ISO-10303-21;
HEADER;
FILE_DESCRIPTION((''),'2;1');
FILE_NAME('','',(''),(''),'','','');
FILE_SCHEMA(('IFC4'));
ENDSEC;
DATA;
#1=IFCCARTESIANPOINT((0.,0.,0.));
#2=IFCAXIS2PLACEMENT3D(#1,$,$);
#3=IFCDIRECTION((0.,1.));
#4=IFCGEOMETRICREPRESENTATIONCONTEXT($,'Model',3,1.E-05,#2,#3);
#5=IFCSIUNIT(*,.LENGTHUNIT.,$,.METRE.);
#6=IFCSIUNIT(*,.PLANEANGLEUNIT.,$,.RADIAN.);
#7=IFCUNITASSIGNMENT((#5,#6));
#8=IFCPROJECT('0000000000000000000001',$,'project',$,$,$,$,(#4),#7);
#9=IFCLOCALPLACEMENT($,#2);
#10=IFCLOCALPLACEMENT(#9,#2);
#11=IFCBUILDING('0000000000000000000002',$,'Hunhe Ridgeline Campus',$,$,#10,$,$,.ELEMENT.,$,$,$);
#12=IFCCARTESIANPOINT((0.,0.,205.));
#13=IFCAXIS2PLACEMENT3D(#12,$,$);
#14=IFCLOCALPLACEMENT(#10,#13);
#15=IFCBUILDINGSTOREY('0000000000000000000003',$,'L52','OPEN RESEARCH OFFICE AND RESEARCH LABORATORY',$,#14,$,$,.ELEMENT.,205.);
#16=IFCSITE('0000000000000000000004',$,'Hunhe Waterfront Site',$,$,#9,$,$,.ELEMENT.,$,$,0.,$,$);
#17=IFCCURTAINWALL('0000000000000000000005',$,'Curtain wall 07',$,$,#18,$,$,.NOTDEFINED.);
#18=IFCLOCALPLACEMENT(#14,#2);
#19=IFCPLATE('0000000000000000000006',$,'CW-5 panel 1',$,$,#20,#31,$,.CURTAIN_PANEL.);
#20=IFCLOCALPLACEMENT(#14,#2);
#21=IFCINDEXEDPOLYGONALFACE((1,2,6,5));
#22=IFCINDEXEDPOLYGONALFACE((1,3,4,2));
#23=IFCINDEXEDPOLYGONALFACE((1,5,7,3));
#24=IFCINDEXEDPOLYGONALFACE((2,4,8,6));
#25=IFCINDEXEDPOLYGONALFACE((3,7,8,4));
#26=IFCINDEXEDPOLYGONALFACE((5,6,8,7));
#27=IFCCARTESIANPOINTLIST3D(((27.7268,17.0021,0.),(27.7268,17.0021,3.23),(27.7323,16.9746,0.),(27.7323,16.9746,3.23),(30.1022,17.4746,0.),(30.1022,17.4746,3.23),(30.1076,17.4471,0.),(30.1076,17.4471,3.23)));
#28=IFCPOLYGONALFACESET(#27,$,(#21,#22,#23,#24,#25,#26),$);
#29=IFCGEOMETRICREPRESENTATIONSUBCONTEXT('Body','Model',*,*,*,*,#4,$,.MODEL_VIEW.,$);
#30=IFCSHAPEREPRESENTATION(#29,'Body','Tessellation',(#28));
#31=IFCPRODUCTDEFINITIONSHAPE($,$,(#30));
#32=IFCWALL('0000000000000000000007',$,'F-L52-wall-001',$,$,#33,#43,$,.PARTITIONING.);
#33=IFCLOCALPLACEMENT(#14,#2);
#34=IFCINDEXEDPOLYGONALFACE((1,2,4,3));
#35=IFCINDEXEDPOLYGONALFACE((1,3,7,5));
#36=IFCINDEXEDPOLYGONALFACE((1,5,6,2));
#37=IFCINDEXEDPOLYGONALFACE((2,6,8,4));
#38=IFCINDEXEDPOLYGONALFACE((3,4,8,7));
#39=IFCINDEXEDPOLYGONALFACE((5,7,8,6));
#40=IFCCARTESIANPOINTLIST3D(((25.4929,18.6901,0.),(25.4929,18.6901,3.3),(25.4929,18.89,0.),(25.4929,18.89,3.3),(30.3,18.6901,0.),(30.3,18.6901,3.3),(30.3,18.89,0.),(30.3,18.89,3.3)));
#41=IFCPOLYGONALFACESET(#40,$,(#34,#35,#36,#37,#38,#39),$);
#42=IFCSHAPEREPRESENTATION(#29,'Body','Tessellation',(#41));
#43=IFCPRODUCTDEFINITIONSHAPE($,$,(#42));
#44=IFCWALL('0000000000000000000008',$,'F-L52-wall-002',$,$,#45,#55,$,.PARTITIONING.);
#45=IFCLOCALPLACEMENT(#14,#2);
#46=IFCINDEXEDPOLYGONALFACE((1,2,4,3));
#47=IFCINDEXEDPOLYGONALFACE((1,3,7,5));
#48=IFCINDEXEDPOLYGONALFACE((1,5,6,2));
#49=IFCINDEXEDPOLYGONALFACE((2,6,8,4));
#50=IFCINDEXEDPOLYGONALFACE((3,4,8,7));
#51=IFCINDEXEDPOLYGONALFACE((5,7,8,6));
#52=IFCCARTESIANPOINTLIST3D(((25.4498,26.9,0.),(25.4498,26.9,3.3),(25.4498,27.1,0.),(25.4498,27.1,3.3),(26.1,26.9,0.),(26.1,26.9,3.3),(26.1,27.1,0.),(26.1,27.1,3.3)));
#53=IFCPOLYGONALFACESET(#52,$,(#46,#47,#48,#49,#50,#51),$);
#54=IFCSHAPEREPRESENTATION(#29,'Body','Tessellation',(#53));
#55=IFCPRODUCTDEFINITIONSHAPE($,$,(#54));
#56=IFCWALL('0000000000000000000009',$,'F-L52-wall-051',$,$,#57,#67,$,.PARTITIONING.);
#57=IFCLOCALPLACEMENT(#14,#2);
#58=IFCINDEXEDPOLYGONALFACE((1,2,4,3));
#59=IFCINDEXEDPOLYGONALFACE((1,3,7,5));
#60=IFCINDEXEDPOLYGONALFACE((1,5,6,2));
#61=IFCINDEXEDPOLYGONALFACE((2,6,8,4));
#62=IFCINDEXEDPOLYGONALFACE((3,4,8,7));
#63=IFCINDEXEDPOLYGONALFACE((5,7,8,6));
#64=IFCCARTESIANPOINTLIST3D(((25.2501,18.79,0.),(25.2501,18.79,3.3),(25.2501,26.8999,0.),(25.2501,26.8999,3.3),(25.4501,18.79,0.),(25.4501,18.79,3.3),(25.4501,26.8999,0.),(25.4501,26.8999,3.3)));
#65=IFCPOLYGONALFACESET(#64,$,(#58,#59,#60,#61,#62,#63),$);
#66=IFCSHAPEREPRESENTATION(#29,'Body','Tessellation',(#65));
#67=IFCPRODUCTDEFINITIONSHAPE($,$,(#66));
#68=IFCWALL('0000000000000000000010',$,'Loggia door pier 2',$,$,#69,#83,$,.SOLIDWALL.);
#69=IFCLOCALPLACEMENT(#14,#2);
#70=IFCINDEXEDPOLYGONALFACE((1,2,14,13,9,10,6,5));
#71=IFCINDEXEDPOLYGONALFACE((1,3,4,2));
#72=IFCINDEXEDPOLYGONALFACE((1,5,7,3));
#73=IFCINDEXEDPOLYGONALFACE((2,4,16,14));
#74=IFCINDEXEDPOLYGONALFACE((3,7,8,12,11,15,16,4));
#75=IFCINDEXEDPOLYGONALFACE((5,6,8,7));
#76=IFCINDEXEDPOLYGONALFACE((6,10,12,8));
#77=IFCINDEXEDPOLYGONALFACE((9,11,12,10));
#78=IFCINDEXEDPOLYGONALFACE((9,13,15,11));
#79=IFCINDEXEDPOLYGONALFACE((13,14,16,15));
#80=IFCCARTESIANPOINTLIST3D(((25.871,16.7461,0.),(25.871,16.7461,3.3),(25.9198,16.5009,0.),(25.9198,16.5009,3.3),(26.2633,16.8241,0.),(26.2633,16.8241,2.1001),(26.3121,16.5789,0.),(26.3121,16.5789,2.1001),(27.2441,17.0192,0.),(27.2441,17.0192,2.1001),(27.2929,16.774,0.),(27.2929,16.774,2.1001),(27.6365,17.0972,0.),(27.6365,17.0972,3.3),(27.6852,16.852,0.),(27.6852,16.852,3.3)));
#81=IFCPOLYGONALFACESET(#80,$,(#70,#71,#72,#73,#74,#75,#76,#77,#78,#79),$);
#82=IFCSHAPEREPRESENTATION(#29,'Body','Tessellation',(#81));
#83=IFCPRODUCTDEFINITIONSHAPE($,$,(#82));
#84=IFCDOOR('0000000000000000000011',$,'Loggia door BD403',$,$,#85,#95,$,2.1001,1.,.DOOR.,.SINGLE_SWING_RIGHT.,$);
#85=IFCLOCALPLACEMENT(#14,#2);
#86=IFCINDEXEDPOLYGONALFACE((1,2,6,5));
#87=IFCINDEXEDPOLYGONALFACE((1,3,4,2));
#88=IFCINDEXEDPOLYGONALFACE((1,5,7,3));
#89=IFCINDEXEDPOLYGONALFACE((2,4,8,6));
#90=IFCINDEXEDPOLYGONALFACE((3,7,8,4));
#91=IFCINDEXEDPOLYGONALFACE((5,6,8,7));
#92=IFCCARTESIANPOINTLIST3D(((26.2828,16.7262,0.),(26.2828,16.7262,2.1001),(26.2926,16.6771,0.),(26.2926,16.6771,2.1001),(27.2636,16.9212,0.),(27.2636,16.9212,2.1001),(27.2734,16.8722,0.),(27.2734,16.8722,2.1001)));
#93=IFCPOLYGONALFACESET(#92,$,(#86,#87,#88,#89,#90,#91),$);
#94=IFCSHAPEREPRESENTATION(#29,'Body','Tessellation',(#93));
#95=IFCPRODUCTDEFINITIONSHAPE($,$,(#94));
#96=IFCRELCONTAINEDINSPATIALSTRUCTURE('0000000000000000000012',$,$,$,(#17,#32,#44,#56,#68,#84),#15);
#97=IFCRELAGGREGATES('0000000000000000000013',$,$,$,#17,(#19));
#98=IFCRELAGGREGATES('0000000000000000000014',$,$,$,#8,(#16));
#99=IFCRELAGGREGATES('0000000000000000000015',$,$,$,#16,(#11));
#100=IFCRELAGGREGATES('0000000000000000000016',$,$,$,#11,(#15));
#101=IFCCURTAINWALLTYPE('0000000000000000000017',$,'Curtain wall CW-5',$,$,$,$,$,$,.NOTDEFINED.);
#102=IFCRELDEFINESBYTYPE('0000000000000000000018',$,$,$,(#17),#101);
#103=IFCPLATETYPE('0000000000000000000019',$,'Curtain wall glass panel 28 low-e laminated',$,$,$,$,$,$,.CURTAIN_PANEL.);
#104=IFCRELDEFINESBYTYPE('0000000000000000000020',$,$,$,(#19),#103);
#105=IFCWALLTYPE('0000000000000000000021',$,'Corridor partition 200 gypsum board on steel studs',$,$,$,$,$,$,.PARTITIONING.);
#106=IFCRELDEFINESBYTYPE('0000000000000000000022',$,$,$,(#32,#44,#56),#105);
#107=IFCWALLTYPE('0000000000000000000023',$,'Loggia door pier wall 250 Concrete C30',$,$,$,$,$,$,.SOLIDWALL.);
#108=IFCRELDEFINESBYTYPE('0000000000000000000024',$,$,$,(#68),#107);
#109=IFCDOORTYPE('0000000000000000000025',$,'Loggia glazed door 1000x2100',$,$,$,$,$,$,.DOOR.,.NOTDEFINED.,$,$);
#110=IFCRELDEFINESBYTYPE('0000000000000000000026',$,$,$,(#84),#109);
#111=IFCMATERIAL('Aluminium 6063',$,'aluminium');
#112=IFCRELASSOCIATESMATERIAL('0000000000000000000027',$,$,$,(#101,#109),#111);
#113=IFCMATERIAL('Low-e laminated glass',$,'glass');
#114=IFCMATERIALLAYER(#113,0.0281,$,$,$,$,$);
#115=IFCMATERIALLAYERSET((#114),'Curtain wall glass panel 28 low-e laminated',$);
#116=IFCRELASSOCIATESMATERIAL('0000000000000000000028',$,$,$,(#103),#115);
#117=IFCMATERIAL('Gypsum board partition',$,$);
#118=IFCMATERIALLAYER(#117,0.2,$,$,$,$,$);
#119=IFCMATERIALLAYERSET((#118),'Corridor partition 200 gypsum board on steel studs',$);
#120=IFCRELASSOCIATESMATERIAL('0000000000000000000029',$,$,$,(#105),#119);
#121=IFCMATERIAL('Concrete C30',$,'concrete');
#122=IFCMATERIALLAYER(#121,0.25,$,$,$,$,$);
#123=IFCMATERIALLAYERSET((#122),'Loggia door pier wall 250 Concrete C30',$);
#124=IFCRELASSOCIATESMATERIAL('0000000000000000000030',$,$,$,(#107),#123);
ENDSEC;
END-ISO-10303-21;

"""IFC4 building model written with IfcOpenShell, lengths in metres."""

from ifc_helpers import new_model, si_unit, direction, frame, frame_2d, origin, origin_2d, place, context, subcontext, project, spatial, rectangle, extrude, material, layer, layer_set, type_object, element, fill, aggregate, save


model = new_model("IFC4")

# Units and contexts
model_context = context("Model", 3, precision=1e-05, world=origin(), true_north=direction((0.0, 1.0)))
body_context = subcontext(model_context, "Body", "Model", "MODEL_VIEW")
ifc_project = project(units=[si_unit("LENGTHUNIT", "METRE"), si_unit("PLANEANGLEUNIT", "RADIAN")], contexts=[model_context])

# Site, building, storey
site_placement = place(None, origin())
site = spatial("IfcSite", under=ifc_project, at=site_placement, Name="Hunhe Waterfront Site", CompositionType="ELEMENT", RefElevation=0.0)
building_placement = place(site_placement, origin())
building = spatial("IfcBuilding", under=site, at=building_placement, Name="Hunhe Ridgeline Campus", CompositionType="ELEMENT")
storey_placement = place(building_placement, frame((0.0, 0.0, 205.0)))
storey = spatial("IfcBuildingStorey", under=building, at=storey_placement, Name="L52", Description="OPEN RESEARCH OFFICE AND RESEARCH LABORATORY", CompositionType="ELEMENT", Elevation=205.0)

# Shared definitions
ifc_material_1 = material(Name="Aluminium 6063", Category="aluminium")
curtain_wall_type = type_object("IfcCurtainWallType", Name="Curtain wall CW-5", PredefinedType="NOTDEFINED", material=ifc_material_1)

# Curtain wall
curtain_wall_1_placement = place(storey_placement, origin())
curtain_wall_1 = element("IfcCurtainWall", 1, at=curtain_wall_1_placement, inside=storey, type_object=curtain_wall_type, Name="Curtain wall 07", PredefinedType="NOTDEFINED")

# Plate
ifc_material_2 = material(Name="Low-e laminated glass", Category="glass")
ifc_layer_1 = layer(ifc_material_2, 0.0281)
ifc_layer_set_1 = layer_set([ifc_layer_1], Name="Curtain wall glass panel 28 low-e laminated")
plate_type = type_object("IfcPlateType", Name="Curtain wall glass panel 28 low-e laminated", PredefinedType="CURTAIN_PANEL", material=ifc_layer_set_1)
plate_1_placement = place(storey_placement, frame((28.9172, 17.2246, 0.0), z_axis=(0.0, 0.0, 1.0), x_axis=(0.980785, 0.195091, 0.0)))
plate_1 = element("IfcPlate", 2, at=plate_1_placement, type_object=plate_type, Name="CW-5 panel 1", PredefinedType="CURTAIN_PANEL", context=body_context, shape_type="SweptSolid", body=[
    extrude(rectangle(XDim=2.4219, YDim=0.0281, at=origin_2d()), origin(), (0.0, 0.0, 1.0), 3.23),
])
aggregate(curtain_wall_1, [plate_1])

# Walls
ifc_material_3 = material(Name="Gypsum board partition")
ifc_layer_2 = layer(ifc_material_3, 0.2)
ifc_layer_set_2 = layer_set([ifc_layer_2], Name="Corridor partition 200 gypsum board on steel studs")
wall_type_1 = type_object("IfcWallType", Name="Corridor partition 200 gypsum board on steel studs", PredefinedType="PARTITIONING", material=ifc_layer_set_2)
wall_1_placement = place(storey_placement, frame((25.4929, 18.79, 0.0), z_axis=(0.0, 0.0, 1.0), x_axis=(1.0, 0.0, 0.0)))
element("IfcWall", 3, at=wall_1_placement, inside=storey, type_object=wall_type_1, Name="F-L52-wall-001", PredefinedType="PARTITIONING", context=body_context, shape_type="SweptSolid", body=[
    extrude(rectangle(XDim=4.8071, YDim=0.2, at=frame_2d((2.4036, 0.0))), origin(), (0.0, 0.0, 1.0), 3.3),
])
wall_2_placement = place(storey_placement, frame((26.1001, 27.0, 0.0), z_axis=(0.0, 0.0, 1.0), x_axis=(-1.0, 0.0, 0.0)))
element("IfcWall", 4, at=wall_2_placement, inside=storey, type_object=wall_type_1, Name="F-L52-wall-002", PredefinedType="PARTITIONING", context=body_context, shape_type="SweptSolid", body=[
    extrude(rectangle(XDim=0.6501, YDim=0.2, at=frame_2d((0.3252, 0.0))), origin(), (0.0, 0.0, 1.0), 3.3),
])

# Wall
wall_3_placement = place(storey_placement, frame((25.3501, 26.8999, 0.0), z_axis=(0.0, 0.0, 1.0), x_axis=(0.0, -1.0, 0.0)))
element("IfcWall", 5, at=wall_3_placement, inside=storey, type_object=wall_type_1, Name="F-L52-wall-051", PredefinedType="PARTITIONING", context=body_context, shape_type="SweptSolid", body=[
    extrude(rectangle(XDim=8.1099, YDim=0.2, at=frame_2d((4.0549, 0.0))), origin(), (0.0, 0.0, 1.0), 3.3),
])

# Wall, opening, door
ifc_material_4 = material(Name="Concrete C30", Category="concrete")
ifc_layer_3 = layer(ifc_material_4, 0.25)
ifc_layer_set_3 = layer_set([ifc_layer_3], Name="Loggia door pier wall 250 Concrete C30")
wall_type_2 = type_object("IfcWallType", Name="Loggia door pier wall 250 Concrete C30", PredefinedType="SOLIDWALL", material=ifc_layer_set_3)
wall_4_placement = place(storey_placement, frame((25.8955, 16.6235, 0.0), z_axis=(0.0, 0.0, 1.0), x_axis=(0.980794, 0.195047, 0.0)))
wall_4 = element("IfcWall", 6, at=wall_4_placement, inside=storey, type_object=wall_type_2, Name="Loggia door pier 2", PredefinedType="SOLIDWALL", context=body_context, shape_type="SweptSolid", body=[
    extrude(rectangle(XDim=1.8, YDim=0.25, at=frame_2d((0.8999, 0.0))), origin(), (0.0, 0.0, 1.0), 3.3),
])
opening_1_placement = place(wall_4_placement, frame((0.3999, 0.0, 0.0)))
opening_1 = element("IfcOpeningElement", 7, at=opening_1_placement, cuts=wall_4, PredefinedType="OPENING", context=body_context, shape_type="SweptSolid", body=[
    extrude(rectangle(XDim=1.0, YDim=2.1001, at=frame_2d((0.5, 1.05))), frame((0.0, 0.125, 0.0), z_axis=(0.0, -1.0, 0.0), x_axis=(1.0, 0.0, 0.0)), (0.0, 0.0, 1.0), 0.25),
])
door_type_1 = type_object("IfcDoorType", Name="Loggia glazed door 1000x2100", OperationType="NOTDEFINED", PredefinedType="DOOR", material=ifc_material_1)
door_1_placement = place(opening_1_placement, frame((1.0, 0.0, 0.0), z_axis=(0.0, 0.0, 1.0), x_axis=(-1.0, 0.0, 0.0)))
door_1 = element("IfcDoor", 8, at=door_1_placement, inside=storey, type_object=door_type_1, Name="Loggia door BD403", OperationType="SINGLE_SWING_RIGHT", OverallHeight=2.1001, OverallWidth=1.0, PredefinedType="DOOR", context=body_context, shape_type="SweptSolid", body=[
    extrude(rectangle(XDim=1.0, YDim=2.1001, at=frame_2d((0.5, 1.05))), frame((0.0, 0.0249, 0.0), z_axis=(0.0, -1.0, 0.0), x_axis=(1.0, 0.0, 0.0)), (0.0, 0.0, 1.0), 0.05),
])
fill(opening_1, door_1)

save(model, "model.ifc")
